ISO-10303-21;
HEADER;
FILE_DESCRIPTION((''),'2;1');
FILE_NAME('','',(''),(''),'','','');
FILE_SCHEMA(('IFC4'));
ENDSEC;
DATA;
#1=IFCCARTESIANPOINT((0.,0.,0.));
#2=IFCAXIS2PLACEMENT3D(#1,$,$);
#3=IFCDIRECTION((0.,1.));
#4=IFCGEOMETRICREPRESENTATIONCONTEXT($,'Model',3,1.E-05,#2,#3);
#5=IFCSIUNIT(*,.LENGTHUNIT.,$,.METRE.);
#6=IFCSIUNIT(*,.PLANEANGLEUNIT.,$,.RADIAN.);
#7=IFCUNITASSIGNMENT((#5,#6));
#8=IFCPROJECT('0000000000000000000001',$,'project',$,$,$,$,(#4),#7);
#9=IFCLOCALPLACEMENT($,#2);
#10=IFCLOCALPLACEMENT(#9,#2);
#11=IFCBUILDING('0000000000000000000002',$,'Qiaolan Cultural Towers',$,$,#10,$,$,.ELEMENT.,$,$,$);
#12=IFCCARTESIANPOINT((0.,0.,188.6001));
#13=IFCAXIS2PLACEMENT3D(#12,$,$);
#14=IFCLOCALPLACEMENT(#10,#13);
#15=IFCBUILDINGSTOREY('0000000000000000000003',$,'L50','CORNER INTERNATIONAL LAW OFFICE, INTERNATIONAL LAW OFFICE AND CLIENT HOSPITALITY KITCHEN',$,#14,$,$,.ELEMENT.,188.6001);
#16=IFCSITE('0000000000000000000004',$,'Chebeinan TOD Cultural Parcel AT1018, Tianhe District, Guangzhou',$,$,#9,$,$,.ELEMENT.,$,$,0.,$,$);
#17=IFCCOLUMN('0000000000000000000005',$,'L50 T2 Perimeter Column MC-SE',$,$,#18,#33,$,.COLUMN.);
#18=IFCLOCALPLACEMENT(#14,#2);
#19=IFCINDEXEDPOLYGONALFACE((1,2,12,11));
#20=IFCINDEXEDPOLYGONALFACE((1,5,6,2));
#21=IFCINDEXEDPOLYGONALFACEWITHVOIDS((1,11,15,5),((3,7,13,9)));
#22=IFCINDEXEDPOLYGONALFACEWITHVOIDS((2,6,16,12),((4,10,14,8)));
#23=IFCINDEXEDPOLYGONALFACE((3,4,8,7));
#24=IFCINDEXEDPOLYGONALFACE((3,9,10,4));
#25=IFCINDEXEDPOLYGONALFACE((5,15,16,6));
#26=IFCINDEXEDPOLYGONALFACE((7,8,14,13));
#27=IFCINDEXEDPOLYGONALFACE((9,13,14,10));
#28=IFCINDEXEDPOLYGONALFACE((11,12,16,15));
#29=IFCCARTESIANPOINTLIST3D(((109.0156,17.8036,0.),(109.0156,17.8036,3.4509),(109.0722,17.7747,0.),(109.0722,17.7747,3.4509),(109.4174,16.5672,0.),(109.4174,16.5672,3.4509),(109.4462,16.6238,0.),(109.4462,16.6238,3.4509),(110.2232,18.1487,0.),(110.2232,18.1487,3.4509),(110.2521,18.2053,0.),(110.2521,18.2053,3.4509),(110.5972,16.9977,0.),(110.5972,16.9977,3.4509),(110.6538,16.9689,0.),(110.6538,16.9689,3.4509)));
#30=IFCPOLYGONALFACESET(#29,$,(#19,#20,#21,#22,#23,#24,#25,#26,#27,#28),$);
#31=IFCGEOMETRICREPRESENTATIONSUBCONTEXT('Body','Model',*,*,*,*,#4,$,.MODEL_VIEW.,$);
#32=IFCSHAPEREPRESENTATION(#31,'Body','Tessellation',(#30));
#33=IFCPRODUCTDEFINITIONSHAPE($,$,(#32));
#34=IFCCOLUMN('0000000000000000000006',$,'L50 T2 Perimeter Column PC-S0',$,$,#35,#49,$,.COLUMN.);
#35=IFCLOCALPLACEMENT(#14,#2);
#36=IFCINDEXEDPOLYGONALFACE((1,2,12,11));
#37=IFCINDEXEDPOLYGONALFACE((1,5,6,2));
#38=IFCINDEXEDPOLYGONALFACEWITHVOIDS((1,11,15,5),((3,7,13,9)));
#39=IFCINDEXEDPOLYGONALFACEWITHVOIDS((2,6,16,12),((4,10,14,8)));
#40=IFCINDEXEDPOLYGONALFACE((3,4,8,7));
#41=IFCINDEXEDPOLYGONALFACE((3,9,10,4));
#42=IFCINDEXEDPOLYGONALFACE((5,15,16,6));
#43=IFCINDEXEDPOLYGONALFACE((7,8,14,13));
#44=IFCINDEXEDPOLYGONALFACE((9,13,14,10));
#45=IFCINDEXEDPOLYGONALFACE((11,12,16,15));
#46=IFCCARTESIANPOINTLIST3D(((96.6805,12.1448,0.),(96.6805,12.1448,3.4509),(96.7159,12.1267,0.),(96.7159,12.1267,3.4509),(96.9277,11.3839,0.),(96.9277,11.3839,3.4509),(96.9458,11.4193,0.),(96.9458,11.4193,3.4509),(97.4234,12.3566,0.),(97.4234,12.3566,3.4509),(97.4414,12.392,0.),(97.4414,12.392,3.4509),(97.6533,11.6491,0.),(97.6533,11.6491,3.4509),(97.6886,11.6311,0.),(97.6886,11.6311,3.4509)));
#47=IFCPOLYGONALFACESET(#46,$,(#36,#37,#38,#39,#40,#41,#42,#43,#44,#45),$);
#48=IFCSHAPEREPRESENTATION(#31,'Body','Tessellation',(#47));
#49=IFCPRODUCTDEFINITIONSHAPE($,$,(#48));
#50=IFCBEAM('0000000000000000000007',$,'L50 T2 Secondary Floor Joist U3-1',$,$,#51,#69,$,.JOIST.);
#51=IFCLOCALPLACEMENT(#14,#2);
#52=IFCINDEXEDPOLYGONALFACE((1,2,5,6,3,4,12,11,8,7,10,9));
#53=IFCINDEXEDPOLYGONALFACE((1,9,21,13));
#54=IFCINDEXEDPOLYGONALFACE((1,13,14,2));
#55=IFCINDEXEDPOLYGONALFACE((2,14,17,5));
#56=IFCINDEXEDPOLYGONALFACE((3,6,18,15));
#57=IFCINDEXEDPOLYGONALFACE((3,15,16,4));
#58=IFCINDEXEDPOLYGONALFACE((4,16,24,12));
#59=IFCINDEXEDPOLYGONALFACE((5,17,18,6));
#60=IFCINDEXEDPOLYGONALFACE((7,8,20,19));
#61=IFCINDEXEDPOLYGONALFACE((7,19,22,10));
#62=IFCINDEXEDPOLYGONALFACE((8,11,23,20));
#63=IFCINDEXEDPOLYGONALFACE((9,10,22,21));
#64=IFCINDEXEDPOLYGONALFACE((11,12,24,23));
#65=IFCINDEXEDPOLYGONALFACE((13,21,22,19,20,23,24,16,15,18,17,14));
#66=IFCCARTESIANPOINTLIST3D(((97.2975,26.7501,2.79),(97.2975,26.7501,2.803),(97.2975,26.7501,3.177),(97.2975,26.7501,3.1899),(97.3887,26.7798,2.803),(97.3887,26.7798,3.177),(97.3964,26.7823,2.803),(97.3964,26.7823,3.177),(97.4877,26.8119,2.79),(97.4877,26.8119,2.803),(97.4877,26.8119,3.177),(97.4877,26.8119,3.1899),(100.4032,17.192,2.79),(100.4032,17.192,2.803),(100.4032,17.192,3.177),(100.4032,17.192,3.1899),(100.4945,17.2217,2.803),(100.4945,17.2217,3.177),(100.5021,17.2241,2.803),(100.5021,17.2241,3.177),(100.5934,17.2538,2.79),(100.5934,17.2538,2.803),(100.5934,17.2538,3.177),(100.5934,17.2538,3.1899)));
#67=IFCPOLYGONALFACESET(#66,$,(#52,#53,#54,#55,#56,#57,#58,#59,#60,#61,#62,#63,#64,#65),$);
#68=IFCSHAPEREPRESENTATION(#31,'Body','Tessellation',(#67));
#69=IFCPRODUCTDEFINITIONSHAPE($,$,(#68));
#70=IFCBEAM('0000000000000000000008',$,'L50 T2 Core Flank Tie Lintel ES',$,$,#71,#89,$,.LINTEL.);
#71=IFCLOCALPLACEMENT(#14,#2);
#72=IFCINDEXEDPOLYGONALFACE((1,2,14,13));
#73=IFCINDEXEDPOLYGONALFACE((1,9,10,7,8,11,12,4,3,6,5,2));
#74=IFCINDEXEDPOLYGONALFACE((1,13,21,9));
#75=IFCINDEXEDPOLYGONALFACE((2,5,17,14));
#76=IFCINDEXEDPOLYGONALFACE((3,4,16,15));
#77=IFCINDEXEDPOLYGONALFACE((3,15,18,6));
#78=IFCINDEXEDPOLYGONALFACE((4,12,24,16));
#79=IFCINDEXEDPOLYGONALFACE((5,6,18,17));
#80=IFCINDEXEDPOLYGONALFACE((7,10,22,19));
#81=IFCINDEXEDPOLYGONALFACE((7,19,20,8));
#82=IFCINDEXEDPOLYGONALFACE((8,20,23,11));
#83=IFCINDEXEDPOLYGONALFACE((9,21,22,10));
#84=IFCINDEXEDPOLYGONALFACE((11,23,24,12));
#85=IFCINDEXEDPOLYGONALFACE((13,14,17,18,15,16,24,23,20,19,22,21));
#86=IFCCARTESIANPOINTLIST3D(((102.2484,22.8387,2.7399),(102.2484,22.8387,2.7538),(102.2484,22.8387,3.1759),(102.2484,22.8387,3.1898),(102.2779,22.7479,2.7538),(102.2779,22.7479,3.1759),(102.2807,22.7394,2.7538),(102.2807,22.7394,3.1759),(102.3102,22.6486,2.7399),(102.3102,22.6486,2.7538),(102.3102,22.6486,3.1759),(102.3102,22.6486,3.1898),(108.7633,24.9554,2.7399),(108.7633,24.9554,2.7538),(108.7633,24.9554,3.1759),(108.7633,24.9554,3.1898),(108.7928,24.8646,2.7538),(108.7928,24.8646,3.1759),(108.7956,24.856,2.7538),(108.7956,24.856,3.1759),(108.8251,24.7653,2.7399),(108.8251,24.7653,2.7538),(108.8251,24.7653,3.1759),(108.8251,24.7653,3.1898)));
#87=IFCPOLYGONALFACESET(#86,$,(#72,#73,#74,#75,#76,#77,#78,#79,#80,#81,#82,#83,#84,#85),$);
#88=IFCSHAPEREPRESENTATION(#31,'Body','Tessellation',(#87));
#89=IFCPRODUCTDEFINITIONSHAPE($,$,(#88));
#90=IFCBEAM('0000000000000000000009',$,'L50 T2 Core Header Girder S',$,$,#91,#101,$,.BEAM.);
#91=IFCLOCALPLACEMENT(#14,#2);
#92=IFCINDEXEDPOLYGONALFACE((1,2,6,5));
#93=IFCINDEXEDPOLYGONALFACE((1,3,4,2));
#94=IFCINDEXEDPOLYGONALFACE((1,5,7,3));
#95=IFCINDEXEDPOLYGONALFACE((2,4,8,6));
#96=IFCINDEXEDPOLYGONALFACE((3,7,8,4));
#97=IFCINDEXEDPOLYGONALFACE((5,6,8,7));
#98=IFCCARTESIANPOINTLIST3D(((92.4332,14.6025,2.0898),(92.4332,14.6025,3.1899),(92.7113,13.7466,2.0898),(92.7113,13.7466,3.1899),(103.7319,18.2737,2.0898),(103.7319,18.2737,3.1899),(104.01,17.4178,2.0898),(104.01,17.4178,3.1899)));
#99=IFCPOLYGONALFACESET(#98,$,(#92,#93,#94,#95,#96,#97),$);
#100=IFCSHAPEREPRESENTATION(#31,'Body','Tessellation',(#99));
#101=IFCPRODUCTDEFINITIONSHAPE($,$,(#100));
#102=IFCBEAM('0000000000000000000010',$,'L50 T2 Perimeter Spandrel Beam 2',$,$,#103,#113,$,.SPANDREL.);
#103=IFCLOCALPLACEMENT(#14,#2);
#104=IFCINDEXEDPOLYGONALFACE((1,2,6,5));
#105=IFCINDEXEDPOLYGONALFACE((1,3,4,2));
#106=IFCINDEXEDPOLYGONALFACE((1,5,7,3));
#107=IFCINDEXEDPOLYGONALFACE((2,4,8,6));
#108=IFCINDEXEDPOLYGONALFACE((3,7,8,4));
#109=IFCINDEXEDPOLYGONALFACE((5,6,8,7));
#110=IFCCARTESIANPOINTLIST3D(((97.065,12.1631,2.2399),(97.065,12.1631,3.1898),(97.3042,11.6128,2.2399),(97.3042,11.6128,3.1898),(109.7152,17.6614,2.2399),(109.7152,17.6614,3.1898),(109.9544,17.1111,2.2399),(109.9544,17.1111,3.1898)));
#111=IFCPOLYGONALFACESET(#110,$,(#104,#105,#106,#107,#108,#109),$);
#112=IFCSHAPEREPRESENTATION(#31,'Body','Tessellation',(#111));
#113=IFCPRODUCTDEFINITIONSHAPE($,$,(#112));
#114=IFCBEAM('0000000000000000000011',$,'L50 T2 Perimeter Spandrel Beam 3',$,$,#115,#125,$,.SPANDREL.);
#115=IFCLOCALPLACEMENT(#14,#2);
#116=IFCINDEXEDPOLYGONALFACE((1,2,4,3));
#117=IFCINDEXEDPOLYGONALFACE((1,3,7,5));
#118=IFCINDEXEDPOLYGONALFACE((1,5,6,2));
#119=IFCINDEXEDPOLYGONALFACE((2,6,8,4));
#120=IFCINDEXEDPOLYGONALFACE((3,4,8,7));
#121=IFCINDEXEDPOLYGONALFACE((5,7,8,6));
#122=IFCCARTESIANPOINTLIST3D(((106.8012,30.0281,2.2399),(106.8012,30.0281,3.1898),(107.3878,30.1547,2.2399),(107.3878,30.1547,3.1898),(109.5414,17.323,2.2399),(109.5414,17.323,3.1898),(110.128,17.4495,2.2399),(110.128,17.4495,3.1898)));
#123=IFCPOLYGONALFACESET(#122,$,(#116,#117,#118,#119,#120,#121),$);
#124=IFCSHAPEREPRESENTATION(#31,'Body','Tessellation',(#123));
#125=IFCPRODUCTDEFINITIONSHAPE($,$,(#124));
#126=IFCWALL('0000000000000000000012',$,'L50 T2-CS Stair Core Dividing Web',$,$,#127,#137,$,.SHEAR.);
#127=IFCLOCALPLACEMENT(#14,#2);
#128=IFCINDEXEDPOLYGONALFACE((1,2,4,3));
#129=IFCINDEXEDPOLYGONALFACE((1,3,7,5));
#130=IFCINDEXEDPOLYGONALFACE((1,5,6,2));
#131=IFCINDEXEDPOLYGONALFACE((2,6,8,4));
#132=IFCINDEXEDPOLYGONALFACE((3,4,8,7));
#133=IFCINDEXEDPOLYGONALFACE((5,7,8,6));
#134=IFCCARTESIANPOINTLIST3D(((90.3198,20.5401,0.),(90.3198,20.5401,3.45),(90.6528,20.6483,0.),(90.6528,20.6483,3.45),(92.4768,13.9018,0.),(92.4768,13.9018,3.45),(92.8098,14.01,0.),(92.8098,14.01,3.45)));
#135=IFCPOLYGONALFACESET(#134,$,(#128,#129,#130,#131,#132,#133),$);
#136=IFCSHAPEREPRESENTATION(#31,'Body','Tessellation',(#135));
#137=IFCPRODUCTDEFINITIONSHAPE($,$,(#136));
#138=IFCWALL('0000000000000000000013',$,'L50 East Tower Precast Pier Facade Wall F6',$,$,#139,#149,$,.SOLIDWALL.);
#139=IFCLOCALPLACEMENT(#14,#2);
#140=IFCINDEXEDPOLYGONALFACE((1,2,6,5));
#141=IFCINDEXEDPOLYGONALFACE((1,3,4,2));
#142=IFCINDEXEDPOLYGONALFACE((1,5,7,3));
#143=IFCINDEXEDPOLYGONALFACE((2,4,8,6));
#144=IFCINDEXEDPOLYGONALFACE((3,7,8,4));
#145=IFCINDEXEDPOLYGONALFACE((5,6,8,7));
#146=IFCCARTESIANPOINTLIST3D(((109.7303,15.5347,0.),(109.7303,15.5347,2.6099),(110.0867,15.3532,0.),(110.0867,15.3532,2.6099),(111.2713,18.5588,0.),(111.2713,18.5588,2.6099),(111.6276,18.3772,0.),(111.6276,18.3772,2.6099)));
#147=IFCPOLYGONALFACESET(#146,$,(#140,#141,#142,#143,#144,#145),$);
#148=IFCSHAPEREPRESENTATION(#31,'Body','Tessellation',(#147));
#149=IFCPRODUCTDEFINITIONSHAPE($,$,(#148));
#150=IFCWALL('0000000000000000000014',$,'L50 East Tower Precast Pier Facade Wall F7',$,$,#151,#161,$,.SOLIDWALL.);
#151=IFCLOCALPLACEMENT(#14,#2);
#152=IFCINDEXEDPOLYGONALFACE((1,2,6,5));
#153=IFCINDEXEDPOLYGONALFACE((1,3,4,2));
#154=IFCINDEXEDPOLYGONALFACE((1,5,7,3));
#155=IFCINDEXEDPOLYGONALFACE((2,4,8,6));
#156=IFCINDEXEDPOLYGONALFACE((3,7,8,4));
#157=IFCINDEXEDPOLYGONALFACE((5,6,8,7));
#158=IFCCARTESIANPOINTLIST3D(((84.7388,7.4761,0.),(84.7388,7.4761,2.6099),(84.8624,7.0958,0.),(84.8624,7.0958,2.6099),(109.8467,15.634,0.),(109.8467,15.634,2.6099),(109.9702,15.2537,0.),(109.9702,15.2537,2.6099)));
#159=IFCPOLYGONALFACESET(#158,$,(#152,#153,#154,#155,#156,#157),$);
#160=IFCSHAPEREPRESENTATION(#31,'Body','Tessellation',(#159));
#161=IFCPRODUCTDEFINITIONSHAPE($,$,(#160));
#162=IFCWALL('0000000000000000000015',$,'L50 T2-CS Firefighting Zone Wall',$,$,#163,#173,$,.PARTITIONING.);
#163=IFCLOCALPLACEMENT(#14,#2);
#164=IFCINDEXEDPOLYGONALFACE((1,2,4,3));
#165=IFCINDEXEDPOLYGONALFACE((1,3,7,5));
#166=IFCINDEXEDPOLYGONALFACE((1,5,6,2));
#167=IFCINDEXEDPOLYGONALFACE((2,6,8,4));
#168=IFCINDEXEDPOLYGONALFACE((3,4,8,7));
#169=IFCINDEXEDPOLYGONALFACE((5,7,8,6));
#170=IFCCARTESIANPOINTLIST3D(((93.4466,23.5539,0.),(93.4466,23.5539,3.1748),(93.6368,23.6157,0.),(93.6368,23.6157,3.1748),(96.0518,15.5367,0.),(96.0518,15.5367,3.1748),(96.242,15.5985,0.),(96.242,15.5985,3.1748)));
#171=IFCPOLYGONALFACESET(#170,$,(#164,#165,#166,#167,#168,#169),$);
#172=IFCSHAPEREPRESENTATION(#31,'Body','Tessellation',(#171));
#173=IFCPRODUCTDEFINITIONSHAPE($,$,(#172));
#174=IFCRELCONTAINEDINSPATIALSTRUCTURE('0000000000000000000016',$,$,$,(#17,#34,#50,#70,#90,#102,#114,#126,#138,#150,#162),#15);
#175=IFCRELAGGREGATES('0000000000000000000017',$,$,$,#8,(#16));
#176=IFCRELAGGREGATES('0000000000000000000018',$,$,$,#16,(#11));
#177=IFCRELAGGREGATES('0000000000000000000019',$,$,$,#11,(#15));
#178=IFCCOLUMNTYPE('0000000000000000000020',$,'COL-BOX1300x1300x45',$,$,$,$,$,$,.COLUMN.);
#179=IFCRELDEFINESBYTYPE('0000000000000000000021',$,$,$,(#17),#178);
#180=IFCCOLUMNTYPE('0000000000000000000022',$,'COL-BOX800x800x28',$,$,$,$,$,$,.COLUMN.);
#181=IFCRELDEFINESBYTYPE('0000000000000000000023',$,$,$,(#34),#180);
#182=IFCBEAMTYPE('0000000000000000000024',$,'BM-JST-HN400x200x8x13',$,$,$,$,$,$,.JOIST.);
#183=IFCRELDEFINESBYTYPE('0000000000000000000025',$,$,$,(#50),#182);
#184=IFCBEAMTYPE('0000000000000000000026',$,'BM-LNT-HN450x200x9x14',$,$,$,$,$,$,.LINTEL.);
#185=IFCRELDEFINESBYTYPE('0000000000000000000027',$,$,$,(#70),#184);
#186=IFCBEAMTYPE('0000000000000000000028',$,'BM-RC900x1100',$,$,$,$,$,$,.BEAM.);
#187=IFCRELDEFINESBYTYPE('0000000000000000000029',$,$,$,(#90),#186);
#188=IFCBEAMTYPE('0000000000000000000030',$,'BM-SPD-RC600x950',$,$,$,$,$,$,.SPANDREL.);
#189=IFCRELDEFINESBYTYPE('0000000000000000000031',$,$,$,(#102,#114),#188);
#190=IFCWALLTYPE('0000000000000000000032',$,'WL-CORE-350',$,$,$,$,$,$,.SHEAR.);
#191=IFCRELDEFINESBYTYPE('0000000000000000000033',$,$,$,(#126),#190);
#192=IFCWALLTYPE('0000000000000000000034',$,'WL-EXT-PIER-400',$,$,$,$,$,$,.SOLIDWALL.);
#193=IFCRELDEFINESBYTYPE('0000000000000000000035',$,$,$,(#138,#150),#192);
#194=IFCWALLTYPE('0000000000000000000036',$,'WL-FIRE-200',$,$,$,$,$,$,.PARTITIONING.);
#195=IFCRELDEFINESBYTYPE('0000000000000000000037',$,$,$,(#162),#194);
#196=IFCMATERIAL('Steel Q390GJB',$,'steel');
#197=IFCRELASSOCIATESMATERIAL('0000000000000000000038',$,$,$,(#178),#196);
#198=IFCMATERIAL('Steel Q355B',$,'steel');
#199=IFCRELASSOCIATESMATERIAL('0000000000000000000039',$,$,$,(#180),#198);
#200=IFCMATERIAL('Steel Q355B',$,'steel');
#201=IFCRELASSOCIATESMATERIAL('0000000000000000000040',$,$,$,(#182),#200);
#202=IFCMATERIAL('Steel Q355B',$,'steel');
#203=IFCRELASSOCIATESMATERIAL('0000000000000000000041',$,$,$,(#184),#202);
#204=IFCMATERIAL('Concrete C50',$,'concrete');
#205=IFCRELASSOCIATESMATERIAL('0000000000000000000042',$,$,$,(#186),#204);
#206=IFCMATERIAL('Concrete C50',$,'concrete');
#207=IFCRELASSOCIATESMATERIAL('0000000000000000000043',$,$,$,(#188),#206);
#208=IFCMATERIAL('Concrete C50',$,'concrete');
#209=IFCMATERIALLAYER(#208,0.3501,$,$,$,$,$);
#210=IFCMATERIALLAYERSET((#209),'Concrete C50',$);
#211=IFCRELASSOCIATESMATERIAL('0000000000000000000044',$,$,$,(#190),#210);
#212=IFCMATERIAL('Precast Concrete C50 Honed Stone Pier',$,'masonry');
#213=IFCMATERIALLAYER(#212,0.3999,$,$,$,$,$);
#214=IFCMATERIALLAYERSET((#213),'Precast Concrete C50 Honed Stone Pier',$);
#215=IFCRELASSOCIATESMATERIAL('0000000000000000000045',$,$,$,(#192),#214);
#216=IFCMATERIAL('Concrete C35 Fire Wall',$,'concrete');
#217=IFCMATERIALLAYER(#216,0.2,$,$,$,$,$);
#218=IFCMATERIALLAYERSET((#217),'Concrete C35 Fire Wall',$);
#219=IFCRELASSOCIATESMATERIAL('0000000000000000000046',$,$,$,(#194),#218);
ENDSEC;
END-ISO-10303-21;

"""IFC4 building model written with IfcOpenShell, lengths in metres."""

from ifc_helpers import new_model, si_unit, direction, frame, frame_2d, origin, origin_2d, place, context, subcontext, project, spatial, rectangle, hollow_rectangle, i_section, extrude, material, layer, layer_set, material_profile, profile_set, type_object, element, save


model = new_model("IFC4")

# Units and contexts
model_context = context("Model", 3, precision=1e-05, world=origin(), true_north=direction((0.0, 1.0)))
body_context = subcontext(model_context, "Body", "Model", "MODEL_VIEW")
ifc_project = project(units=[si_unit("LENGTHUNIT", "METRE"), si_unit("PLANEANGLEUNIT", "RADIAN")], contexts=[model_context])

# Site, building, storey
site_placement = place(None, origin())
site = spatial("IfcSite", under=ifc_project, at=site_placement, Name="Chebeinan TOD Cultural Parcel AT1018, Tianhe District, Guangzhou", CompositionType="ELEMENT", RefElevation=0.0)
building_placement = place(site_placement, origin())
building = spatial("IfcBuilding", under=site, at=building_placement, Name="Qiaolan Cultural Towers", CompositionType="ELEMENT")
storey_placement = place(building_placement, frame((0.0, 0.0, 188.6001)))
storey = spatial("IfcBuildingStorey", under=building, at=storey_placement, Name="L50", Description="CORNER INTERNATIONAL LAW OFFICE, INTERNATIONAL LAW OFFICE AND CLIENT HOSPITALITY KITCHEN", CompositionType="ELEMENT", Elevation=188.6001)

# Columns
ifc_material_1 = material(Name="Steel Q390GJB", Category="steel")
ifc_material_profile_1 = material_profile(ifc_material_1, hollow_rectangle(XDim=1.3, YDim=1.3, WallThickness=0.0449, at=origin_2d()), Name="BOX1300x1300x45")
ifc_profile_set_1 = profile_set([ifc_material_profile_1], Name="Steel Q390GJB")
column_type_1 = type_object("IfcColumnType", Name="COL-BOX1300x1300x45", PredefinedType="COLUMN", material=ifc_profile_set_1)
column_1_placement = place(storey_placement, frame((109.8347, 17.3862, 0.0), z_axis=(0.0, 0.0, 1.0), x_axis=(0.951057, 0.309017, 0.0)))
element("IfcColumn", 1, at=column_1_placement, inside=storey, type_object=column_type_1, Name="L50 T2 Perimeter Column MC-SE", PredefinedType="COLUMN", context=body_context, shape_type="SweptSolid", body=[
    extrude(hollow_rectangle(XDim=1.3, YDim=1.3, WallThickness=0.0449, at=origin_2d()), origin(), (0.0, 0.0, 1.0), 3.4509),
])
ifc_material_2 = material(Name="Steel Q355B", Category="steel")
ifc_material_profile_2 = material_profile(ifc_material_2, hollow_rectangle(XDim=0.8, YDim=0.8, WallThickness=0.0281, at=origin_2d()), Name="BOX800x800x28")
ifc_profile_set_2 = profile_set([ifc_material_profile_2], Name="Steel Q355B")
column_type_2 = type_object("IfcColumnType", Name="COL-BOX800x800x28", PredefinedType="COLUMN", material=ifc_profile_set_2)
column_2_placement = place(storey_placement, frame((97.1846, 11.8879, 0.0), z_axis=(0.0, 0.0, 1.0), x_axis=(0.951057, 0.309017, 0.0)))
element("IfcColumn", 2, at=column_2_placement, inside=storey, type_object=column_type_2, Name="L50 T2 Perimeter Column PC-S0", PredefinedType="COLUMN", context=body_context, shape_type="SweptSolid", body=[
    extrude(hollow_rectangle(XDim=0.8, YDim=0.8, WallThickness=0.0281, at=origin_2d()), origin(), (0.0, 0.0, 1.0), 3.4509),
])

# Beams
ifc_material_3 = material(Name="Steel Q355B", Category="steel")
ifc_material_profile_3 = material_profile(ifc_material_3, i_section(OverallWidth=0.2, OverallDepth=0.3999, WebThickness=0.0081, FlangeThickness=0.0129, at=origin_2d()), Name="HN400x200x8x13")
ifc_profile_set_3 = profile_set([ifc_material_profile_3], Name="Steel Q355B")
beam_type_1 = type_object("IfcBeamType", Name="BM-JST-HN400x200x8x13", PredefinedType="JOIST", material=ifc_profile_set_3)
beam_1_placement = place(storey_placement, frame((100.4983, 17.2229, 2.99), z_axis=(-0.309026, 0.951054, 0.0), x_axis=(-0.951054, -0.309026, 0.0)))
element("IfcBeam", 3, at=beam_1_placement, inside=storey, type_object=beam_type_1, Name="L50 T2 Secondary Floor Joist U3-1", PredefinedType="JOIST", context=body_context, shape_type="SweptSolid", body=[
    extrude(i_section(OverallWidth=0.2, OverallDepth=0.3999, WebThickness=0.0081, FlangeThickness=0.0129, at=origin_2d()), origin(), (0.0, 0.0, 1.0), 10.05),
])
ifc_material_4 = material(Name="Steel Q355B", Category="steel")
ifc_material_profile_4 = material_profile(ifc_material_4, i_section(OverallWidth=0.2, OverallDepth=0.45, WebThickness=0.009, FlangeThickness=0.0139, at=origin_2d()), Name="HN450x200x9x14")
ifc_profile_set_4 = profile_set([ifc_material_profile_4], Name="Steel Q355B")
beam_type_2 = type_object("IfcBeamType", Name="BM-LNT-HN450x200x9x14", PredefinedType="LINTEL", material=ifc_profile_set_4)
beam_2_placement = place(storey_placement, frame((102.2793, 22.7437, 2.9648), z_axis=(0.951062, 0.309001, 0.0), x_axis=(-0.309001, 0.951062, 0.0)))
element("IfcBeam", 4, at=beam_2_placement, inside=storey, type_object=beam_type_2, Name="L50 T2 Core Flank Tie Lintel ES", PredefinedType="LINTEL", context=body_context, shape_type="SweptSolid", body=[
    extrude(i_section(OverallWidth=0.2, OverallDepth=0.45, WebThickness=0.009, FlangeThickness=0.0139, at=origin_2d()), origin(), (0.0, 0.0, 1.0), 6.8501),
])
ifc_material_5 = material(Name="Concrete C50", Category="concrete")
ifc_material_profile_5 = material_profile(ifc_material_5, rectangle(XDim=0.8999, YDim=1.1001, at=origin_2d()), Name="RC900x1100")
ifc_profile_set_5 = profile_set([ifc_material_profile_5], Name="Concrete C50")
beam_type_3 = type_object("IfcBeamType", Name="BM-RC900x1100", PredefinedType="BEAM", material=ifc_profile_set_5)
beam_3_placement = place(storey_placement, frame((92.5723, 14.1746, 2.6399), z_axis=(0.951056, 0.309018, 0.0), x_axis=(-0.309018, 0.951056, 0.0)))
element("IfcBeam", 5, at=beam_3_placement, inside=storey, type_object=beam_type_3, Name="L50 T2 Core Header Girder S", PredefinedType="BEAM", context=body_context, shape_type="SweptSolid", body=[
    extrude(rectangle(XDim=0.8999, YDim=1.1001, at=origin_2d()), origin(), (0.0, 0.0, 1.0), 11.8801),
])
ifc_material_6 = material(Name="Concrete C50", Category="concrete")
ifc_material_profile_6 = material_profile(ifc_material_6, rectangle(XDim=0.6001, YDim=0.95, at=origin_2d()), Name="RC600x950")
ifc_profile_set_6 = profile_set([ifc_material_profile_6], Name="Concrete C50")
beam_type_4 = type_object("IfcBeamType", Name="BM-SPD-RC600x950", PredefinedType="SPANDREL", material=ifc_profile_set_6)
beam_4_placement = place(storey_placement, frame((97.1846, 11.8879, 2.7148), z_axis=(0.917117, 0.398618, 0.0), x_axis=(-0.398618, 0.917117, 0.0)))
element("IfcBeam", 6, at=beam_4_placement, inside=storey, type_object=beam_type_4, Name="L50 T2 Perimeter Spandrel Beam 2", PredefinedType="SPANDREL", context=body_context, shape_type="SweptSolid", body=[
    extrude(rectangle(XDim=0.6001, YDim=0.95, at=origin_2d()), origin(), (0.0, 0.0, 1.0), 13.7935),
])
beam_5_placement = place(storey_placement, frame((109.8347, 17.3862, 2.7148), z_axis=(-0.210832, 0.977522, 0.0), x_axis=(-0.977522, -0.210832, 0.0)))
element("IfcBeam", 7, at=beam_5_placement, inside=storey, type_object=beam_type_4, Name="L50 T2 Perimeter Spandrel Beam 3", PredefinedType="SPANDREL", context=body_context, shape_type="SweptSolid", body=[
    extrude(rectangle(XDim=0.6001, YDim=0.95, at=origin_2d()), origin(), (0.0, 0.0, 1.0), 12.9973),
])

# Walls
ifc_material_7 = material(Name="Concrete C50", Category="concrete")
ifc_layer_1 = layer(ifc_material_7, 0.3501)
ifc_layer_set_1 = layer_set([ifc_layer_1], Name="Concrete C50")
wall_type_1 = type_object("IfcWallType", Name="WL-CORE-350", PredefinedType="SHEAR", material=ifc_layer_set_1)
wall_1_placement = place(storey_placement, frame((90.4863, 20.5942, 0.0), z_axis=(0.0, 0.0, 1.0), x_axis=(0.30902, -0.951055, 0.0)))
element("IfcWall", 8, at=wall_1_placement, inside=storey, type_object=wall_type_1, Name="L50 T2-CS Stair Core Dividing Web", PredefinedType="SHEAR", context=body_context, shape_type="SweptSolid", body=[
    extrude(rectangle(XDim=6.98, YDim=0.3501, at=frame_2d((3.49, 0.0))), origin(), (0.0, 0.0, 1.0), 3.45),
])
ifc_material_8 = material(Name="Precast Concrete C50 Honed Stone Pier", Category="masonry")
ifc_layer_2 = layer(ifc_material_8, 0.3999)
ifc_layer_set_2 = layer_set([ifc_layer_2], Name="Precast Concrete C50 Honed Stone Pier")
wall_type_2 = type_object("IfcWallType", Name="WL-EXT-PIER-400", PredefinedType="SOLIDWALL", material=ifc_layer_set_2)
wall_2_placement = place(storey_placement, frame((111.4495, 18.468, 0.0), z_axis=(0.0, 0.0, 1.0), x_axis=(-0.45402, -0.890992, 0.0)))
element("IfcWall", 9, at=wall_2_placement, inside=storey, type_object=wall_type_2, Name="L50 East Tower Precast Pier Facade Wall F6", PredefinedType="SOLIDWALL", context=body_context, shape_type="SweptSolid", body=[
    extrude(rectangle(XDim=3.394, YDim=0.3999, at=frame_2d((1.697, 0.0))), origin(), (0.0, 0.0, 1.0), 2.6099),
])
wall_3_placement = place(storey_placement, frame((109.9084, 15.4438, 0.0), z_axis=(0.0, 0.0, 1.0), x_axis=(-0.951058, -0.309014, 0.0)))
element("IfcWall", 10, at=wall_3_placement, inside=storey, type_object=wall_type_2, Name="L50 East Tower Precast Pier Facade Wall F7", PredefinedType="SOLIDWALL", context=body_context, shape_type="SweptSolid", body=[
    extrude(rectangle(XDim=26.3999, YDim=0.3999, at=frame_2d((13.2, 0.0))), origin(), (0.0, 0.0, 1.0), 2.6099),
])
ifc_material_9 = material(Name="Concrete C35 Fire Wall", Category="concrete")
ifc_layer_3 = layer(ifc_material_9, 0.2)
ifc_layer_set_3 = layer_set([ifc_layer_3], Name="Concrete C35 Fire Wall")
wall_type_3 = type_object("IfcWallType", Name="WL-FIRE-200", PredefinedType="PARTITIONING", material=ifc_layer_set_3)
wall_4_placement = place(storey_placement, frame((93.5417, 23.5847, 0.0), z_axis=(0.0, 0.0, 1.0), x_axis=(0.309042, -0.951048, 0.0)))
element("IfcWall", 11, at=wall_4_placement, inside=storey, type_object=wall_type_3, Name="L50 T2-CS Firefighting Zone Wall", PredefinedType="PARTITIONING", context=body_context, shape_type="SweptSolid", body=[
    extrude(rectangle(XDim=8.4299, YDim=0.2, at=frame_2d((4.2148, 0.0))), origin(), (0.0, 0.0, 1.0), 3.1748),
])

save(model, "model.ifc")
